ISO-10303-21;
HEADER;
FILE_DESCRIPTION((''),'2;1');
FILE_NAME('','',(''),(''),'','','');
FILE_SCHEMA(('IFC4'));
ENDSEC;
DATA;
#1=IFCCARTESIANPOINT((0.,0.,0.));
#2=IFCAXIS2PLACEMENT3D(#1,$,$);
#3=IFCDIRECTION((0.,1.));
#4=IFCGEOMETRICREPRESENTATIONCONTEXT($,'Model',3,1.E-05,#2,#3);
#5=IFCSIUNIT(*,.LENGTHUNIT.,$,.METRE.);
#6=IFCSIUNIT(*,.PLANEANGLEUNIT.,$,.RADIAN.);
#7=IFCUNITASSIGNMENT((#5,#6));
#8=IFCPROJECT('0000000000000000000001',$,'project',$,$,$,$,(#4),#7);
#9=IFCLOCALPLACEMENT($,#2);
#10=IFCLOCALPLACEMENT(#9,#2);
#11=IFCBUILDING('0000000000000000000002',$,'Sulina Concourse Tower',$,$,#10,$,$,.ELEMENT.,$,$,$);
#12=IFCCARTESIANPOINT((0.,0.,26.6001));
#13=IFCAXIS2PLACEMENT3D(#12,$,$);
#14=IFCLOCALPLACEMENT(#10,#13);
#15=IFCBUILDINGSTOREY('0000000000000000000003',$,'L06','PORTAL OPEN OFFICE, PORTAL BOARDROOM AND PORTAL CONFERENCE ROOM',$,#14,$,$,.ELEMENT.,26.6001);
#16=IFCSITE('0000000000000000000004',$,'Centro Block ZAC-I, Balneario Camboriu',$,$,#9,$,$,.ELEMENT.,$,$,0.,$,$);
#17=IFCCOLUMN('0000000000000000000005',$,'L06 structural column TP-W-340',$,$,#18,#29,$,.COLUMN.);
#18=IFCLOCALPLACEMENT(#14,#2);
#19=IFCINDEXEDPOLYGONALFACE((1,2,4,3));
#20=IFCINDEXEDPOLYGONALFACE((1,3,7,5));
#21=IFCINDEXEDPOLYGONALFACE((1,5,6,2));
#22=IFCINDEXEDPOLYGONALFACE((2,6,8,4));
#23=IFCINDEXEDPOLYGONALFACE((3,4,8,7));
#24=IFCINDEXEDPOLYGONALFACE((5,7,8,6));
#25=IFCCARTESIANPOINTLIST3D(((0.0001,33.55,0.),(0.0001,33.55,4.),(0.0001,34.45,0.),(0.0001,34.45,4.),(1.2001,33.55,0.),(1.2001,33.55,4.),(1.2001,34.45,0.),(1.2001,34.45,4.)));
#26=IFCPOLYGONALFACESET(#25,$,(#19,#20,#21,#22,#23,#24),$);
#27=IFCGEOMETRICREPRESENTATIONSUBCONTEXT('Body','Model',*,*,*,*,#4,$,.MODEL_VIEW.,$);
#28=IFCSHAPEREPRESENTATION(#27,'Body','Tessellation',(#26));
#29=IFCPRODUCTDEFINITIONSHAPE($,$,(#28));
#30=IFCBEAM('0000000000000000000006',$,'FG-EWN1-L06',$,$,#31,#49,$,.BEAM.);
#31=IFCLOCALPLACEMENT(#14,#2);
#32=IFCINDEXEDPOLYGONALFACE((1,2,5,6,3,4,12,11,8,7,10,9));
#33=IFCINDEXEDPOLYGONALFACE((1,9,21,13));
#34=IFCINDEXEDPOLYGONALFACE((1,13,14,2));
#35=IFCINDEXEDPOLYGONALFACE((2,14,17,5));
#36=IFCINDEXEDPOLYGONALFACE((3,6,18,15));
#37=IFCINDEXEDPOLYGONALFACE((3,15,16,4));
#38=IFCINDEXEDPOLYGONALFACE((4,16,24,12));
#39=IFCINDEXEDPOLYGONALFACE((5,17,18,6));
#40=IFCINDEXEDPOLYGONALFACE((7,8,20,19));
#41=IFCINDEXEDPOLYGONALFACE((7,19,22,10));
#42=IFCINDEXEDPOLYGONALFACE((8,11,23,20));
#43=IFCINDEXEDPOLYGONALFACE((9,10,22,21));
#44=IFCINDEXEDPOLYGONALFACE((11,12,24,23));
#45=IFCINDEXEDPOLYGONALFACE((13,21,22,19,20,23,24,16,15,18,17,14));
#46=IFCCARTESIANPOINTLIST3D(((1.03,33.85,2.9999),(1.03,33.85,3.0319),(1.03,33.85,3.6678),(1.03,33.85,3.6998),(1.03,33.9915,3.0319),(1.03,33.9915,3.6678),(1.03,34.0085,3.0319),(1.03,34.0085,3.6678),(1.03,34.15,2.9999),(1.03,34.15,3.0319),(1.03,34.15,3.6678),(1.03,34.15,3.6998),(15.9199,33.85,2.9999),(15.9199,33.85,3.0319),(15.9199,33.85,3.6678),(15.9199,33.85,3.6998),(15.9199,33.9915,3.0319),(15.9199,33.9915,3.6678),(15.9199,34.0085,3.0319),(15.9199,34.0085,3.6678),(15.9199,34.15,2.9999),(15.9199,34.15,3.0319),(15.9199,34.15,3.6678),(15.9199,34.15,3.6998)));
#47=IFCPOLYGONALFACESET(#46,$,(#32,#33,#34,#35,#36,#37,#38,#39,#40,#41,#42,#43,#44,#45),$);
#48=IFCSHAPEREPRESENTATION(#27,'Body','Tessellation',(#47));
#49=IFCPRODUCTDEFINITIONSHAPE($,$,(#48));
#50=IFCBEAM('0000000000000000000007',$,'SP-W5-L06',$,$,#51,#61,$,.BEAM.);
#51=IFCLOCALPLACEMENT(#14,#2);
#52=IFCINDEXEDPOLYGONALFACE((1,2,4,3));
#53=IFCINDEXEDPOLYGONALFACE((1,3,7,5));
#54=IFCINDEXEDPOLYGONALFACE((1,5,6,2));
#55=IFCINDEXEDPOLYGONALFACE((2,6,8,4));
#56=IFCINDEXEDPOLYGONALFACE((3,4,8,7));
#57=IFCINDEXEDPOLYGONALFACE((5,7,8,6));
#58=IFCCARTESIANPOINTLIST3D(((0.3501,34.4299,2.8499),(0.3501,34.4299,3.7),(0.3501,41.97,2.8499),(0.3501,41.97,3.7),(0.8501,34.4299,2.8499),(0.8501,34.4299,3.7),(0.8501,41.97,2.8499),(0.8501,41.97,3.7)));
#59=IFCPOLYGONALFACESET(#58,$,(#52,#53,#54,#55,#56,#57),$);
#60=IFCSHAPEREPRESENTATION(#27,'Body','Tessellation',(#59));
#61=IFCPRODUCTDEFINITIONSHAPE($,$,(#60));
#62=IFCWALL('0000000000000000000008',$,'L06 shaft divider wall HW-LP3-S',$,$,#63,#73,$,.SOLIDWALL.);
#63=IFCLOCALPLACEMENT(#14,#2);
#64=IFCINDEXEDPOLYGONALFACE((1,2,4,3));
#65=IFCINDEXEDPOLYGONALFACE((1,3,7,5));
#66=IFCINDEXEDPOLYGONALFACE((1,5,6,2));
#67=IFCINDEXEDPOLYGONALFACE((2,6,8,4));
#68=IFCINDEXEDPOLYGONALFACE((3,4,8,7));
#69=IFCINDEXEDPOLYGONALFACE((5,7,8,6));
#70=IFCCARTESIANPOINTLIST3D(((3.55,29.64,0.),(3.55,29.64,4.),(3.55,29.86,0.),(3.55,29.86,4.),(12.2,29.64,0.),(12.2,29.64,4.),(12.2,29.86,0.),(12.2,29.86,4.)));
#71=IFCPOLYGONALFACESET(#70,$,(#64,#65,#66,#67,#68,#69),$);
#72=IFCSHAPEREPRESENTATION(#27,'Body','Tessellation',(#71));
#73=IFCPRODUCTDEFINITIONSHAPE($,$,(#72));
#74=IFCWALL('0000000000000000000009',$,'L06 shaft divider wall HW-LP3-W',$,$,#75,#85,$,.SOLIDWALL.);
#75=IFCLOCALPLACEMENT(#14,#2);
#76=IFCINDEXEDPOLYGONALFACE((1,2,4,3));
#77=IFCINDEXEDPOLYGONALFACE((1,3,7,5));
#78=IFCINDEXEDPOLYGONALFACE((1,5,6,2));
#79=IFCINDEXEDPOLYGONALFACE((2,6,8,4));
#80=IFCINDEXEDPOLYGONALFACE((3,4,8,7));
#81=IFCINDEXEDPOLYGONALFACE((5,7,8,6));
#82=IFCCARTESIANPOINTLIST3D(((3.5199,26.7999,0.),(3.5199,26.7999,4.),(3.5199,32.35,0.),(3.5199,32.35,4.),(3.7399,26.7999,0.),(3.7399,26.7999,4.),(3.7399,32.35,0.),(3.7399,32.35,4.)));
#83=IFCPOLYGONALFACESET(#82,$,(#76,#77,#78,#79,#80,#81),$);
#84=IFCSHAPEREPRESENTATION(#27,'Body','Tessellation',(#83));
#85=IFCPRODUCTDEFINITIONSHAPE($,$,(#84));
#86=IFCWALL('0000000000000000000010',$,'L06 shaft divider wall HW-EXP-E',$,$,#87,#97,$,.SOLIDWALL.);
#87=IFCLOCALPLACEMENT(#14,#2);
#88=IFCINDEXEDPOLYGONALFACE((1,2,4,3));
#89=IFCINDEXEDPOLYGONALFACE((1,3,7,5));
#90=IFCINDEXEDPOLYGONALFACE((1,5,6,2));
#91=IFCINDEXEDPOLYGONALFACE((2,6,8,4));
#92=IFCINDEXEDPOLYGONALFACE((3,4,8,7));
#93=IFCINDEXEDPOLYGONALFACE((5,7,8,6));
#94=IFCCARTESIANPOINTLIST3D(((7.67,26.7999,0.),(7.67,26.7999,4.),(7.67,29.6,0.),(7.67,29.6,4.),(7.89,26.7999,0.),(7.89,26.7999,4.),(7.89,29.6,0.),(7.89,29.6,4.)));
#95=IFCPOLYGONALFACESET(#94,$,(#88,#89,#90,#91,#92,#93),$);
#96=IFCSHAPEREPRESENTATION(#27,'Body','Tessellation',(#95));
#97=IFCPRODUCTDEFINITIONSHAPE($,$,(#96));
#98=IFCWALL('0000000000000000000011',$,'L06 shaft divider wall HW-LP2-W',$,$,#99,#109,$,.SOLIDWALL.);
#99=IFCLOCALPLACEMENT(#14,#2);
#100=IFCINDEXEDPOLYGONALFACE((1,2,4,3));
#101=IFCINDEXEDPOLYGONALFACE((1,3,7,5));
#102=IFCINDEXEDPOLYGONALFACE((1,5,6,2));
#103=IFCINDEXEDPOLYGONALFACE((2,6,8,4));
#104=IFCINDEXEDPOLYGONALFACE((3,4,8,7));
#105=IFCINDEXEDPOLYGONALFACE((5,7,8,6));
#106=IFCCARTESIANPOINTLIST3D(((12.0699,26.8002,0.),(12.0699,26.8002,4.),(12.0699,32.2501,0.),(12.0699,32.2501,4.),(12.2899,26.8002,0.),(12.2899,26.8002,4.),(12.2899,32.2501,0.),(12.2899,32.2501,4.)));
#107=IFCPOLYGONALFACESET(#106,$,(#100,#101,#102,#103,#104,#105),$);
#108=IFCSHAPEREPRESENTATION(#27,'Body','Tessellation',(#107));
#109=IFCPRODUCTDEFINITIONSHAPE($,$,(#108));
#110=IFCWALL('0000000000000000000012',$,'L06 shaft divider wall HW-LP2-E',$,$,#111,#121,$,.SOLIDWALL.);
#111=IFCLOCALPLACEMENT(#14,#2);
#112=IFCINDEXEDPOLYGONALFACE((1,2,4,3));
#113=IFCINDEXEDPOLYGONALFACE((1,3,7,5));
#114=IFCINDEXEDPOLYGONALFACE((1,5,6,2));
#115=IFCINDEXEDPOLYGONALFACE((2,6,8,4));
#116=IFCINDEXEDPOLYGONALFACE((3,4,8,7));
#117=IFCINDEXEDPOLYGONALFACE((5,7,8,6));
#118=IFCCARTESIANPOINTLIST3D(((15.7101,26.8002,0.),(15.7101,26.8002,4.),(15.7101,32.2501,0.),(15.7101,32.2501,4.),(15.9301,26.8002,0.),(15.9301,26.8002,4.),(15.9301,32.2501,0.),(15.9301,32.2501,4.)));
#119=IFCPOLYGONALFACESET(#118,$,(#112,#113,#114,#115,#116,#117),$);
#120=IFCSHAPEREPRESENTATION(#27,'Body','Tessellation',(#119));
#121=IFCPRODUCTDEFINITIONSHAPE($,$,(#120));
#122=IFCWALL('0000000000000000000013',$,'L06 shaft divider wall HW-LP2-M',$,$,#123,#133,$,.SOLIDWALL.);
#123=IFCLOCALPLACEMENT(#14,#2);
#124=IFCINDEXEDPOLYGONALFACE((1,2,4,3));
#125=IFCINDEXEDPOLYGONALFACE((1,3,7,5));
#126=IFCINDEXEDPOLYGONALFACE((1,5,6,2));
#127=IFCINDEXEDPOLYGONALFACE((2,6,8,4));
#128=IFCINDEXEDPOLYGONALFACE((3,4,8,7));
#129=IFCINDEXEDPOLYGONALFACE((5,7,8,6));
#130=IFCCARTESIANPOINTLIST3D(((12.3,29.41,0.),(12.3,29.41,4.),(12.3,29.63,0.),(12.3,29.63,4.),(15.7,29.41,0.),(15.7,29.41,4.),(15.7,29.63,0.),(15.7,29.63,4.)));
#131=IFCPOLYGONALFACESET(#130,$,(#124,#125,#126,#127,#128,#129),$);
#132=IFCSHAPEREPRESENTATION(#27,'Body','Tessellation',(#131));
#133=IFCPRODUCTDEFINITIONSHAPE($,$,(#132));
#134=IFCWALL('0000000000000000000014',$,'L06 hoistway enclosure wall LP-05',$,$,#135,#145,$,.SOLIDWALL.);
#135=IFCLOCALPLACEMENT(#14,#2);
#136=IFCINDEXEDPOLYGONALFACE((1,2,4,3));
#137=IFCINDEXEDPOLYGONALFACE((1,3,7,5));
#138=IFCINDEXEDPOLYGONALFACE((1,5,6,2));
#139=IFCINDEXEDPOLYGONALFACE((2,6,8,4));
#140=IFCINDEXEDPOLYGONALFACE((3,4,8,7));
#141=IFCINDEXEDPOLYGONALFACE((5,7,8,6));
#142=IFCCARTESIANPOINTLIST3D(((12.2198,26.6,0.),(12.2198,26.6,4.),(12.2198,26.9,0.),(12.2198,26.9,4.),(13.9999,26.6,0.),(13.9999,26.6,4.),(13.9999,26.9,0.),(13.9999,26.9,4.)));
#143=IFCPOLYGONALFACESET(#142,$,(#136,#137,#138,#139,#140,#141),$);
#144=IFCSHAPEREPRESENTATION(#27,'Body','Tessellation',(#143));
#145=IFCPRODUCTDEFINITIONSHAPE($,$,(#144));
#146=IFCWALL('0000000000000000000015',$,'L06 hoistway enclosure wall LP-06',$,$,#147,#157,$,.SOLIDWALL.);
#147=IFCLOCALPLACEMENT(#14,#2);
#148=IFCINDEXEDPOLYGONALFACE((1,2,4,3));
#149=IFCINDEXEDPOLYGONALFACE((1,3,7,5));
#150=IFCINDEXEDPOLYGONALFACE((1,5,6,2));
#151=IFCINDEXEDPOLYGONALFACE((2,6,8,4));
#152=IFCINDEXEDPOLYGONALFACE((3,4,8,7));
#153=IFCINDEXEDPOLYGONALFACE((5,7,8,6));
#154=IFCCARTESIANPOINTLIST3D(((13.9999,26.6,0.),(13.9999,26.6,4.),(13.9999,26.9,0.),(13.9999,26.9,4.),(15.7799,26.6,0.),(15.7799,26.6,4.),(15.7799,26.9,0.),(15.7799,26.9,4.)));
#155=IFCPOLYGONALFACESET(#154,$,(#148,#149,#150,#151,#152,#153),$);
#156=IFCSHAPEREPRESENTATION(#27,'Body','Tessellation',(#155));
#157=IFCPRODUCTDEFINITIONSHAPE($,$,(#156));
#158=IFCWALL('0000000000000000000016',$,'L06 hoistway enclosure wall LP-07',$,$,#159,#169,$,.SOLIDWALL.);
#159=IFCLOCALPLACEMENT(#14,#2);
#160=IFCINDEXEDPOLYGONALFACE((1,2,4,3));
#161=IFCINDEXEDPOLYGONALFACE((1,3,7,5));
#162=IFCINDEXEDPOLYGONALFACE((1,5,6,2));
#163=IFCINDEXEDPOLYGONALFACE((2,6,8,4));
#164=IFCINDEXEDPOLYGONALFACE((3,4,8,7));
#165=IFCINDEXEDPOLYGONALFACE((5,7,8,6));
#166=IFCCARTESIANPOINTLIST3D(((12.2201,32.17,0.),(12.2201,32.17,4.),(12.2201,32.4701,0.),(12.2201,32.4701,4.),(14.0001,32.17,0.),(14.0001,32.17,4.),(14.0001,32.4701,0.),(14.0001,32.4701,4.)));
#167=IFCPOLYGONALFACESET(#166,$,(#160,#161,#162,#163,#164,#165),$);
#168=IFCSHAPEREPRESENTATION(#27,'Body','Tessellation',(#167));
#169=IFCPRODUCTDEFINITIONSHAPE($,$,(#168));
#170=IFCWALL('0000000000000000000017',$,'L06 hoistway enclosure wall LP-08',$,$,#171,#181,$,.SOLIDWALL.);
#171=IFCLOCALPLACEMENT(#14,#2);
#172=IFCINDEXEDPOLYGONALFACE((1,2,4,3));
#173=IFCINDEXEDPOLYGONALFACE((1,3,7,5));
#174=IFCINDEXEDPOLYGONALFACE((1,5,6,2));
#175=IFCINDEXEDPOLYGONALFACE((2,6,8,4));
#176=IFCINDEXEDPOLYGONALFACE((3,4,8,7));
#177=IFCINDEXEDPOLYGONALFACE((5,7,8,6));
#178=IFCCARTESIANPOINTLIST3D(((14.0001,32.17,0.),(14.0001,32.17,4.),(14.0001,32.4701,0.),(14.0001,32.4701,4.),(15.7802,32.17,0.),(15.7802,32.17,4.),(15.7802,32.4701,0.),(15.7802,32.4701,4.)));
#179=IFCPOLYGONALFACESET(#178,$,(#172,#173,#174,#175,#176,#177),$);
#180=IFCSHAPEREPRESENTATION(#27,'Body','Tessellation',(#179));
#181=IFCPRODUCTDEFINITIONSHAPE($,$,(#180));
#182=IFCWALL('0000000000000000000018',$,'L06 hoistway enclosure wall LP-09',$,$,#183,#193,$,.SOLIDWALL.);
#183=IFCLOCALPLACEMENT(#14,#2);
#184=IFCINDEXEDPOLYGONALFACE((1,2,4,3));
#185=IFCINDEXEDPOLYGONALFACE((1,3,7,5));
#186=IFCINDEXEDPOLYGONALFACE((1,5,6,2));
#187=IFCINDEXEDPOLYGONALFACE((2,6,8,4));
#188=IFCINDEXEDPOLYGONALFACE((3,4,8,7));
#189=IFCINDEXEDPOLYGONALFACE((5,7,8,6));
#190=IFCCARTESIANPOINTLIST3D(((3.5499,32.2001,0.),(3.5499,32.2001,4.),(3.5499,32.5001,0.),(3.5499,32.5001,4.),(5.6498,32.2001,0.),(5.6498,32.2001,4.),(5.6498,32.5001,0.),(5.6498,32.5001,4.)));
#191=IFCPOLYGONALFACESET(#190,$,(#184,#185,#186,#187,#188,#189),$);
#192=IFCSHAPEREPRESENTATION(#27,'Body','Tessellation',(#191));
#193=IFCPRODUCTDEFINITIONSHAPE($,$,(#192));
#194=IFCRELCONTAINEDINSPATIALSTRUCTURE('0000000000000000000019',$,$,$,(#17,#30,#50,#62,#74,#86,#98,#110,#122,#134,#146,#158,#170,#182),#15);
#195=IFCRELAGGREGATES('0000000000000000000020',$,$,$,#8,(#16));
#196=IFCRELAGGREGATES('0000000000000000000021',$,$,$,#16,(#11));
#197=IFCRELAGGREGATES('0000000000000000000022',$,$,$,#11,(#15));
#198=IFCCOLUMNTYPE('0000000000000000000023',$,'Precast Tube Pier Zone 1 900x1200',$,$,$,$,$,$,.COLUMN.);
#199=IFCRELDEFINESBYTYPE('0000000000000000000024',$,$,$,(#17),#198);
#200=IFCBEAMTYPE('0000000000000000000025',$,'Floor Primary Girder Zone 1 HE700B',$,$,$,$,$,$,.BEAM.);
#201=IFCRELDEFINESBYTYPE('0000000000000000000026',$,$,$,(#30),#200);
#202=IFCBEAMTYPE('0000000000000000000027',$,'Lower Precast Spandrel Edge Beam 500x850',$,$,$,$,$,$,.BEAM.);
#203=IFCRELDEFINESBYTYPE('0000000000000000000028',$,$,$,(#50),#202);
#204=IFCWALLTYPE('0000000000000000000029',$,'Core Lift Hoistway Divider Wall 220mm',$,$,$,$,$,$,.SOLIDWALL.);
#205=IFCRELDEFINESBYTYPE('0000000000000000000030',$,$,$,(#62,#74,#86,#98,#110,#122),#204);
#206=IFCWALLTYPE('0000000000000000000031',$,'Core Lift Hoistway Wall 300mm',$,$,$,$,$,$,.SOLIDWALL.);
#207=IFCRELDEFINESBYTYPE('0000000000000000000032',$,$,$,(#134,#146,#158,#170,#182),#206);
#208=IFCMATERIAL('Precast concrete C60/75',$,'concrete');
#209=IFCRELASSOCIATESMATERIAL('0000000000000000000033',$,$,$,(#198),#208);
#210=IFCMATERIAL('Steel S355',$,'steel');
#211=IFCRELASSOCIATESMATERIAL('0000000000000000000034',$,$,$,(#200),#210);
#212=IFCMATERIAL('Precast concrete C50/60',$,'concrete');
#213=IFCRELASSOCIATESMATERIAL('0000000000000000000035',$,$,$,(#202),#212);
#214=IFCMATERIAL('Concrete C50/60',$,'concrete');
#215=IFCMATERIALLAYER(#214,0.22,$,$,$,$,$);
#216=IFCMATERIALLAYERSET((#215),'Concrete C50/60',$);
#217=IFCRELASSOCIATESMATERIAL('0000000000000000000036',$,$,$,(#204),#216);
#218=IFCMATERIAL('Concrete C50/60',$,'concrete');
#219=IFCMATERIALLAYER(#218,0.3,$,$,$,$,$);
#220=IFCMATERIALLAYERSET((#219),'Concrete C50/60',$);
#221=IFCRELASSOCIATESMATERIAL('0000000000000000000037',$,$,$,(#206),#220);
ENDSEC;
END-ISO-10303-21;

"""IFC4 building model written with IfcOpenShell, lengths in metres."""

from ifc_helpers import new_model, si_unit, direction, frame, frame_2d, origin, origin_2d, place, context, subcontext, project, spatial, rectangle, i_section, extrude, material, layer, layer_set, material_profile, profile_set, type_object, element, save


model = new_model("IFC4")

# Units and contexts
model_context = context("Model", 3, precision=1e-05, world=origin(), true_north=direction((0.0, 1.0)))
body_context = subcontext(model_context, "Body", "Model", "MODEL_VIEW")
ifc_project = project(units=[si_unit("LENGTHUNIT", "METRE"), si_unit("PLANEANGLEUNIT", "RADIAN")], contexts=[model_context])

# Site, building, storey
site_placement = place(None, origin())
site = spatial("IfcSite", under=ifc_project, at=site_placement, Name="Centro Block ZAC-I, Balneario Camboriu", CompositionType="ELEMENT", RefElevation=0.0)
building_placement = place(site_placement, origin())
building = spatial("IfcBuilding", under=site, at=building_placement, Name="Sulina Concourse Tower", CompositionType="ELEMENT")
storey_placement = place(building_placement, frame((0.0, 0.0, 26.6001)))
storey = spatial("IfcBuildingStorey", under=building, at=storey_placement, Name="L06", Description="PORTAL OPEN OFFICE, PORTAL BOARDROOM AND PORTAL CONFERENCE ROOM", CompositionType="ELEMENT", Elevation=26.6001)

# Column
ifc_material_1 = material(Name="Precast concrete C60/75", Category="concrete")
ifc_material_profile_1 = material_profile(ifc_material_1, rectangle(XDim=0.8999, YDim=1.2, at=origin_2d()), Name="PC 900x1200")
ifc_profile_set_1 = profile_set([ifc_material_profile_1], Name="Precast concrete C60/75")
column_type = type_object("IfcColumnType", Name="Precast Tube Pier Zone 1 900x1200", PredefinedType="COLUMN", material=ifc_profile_set_1)
column_placement = place(storey_placement, frame((0.6001, 34.0, 0.0), z_axis=(0.0, 0.0, 1.0), x_axis=(0.0, 1.0, 0.0)))
element("IfcColumn", 1, at=column_placement, inside=storey, type_object=column_type, Name="L06 structural column TP-W-340", PredefinedType="COLUMN", context=body_context, shape_type="SweptSolid", body=[
    extrude(rectangle(XDim=0.8999, YDim=1.2, at=origin_2d()), origin(), (0.0, 0.0, 1.0), 4.0),
])

# Beams
ifc_material_2 = material(Name="Steel S355", Category="steel")
ifc_material_profile_2 = material_profile(ifc_material_2, i_section(OverallWidth=0.3, OverallDepth=0.7, WebThickness=0.0171, FlangeThickness=0.032, at=origin_2d()), Name="HE 700 B")
ifc_profile_set_2 = profile_set([ifc_material_profile_2], Name="Steel S355")
beam_type_1 = type_object("IfcBeamType", Name="Floor Primary Girder Zone 1 HE700B", PredefinedType="BEAM", material=ifc_profile_set_2)
beam_1_placement = place(storey_placement, frame((1.03, 34.0, 3.3499), z_axis=(1.0, 0.0, 0.0), x_axis=(0.0, 1.0, 0.0)))
element("IfcBeam", 2, at=beam_1_placement, inside=storey, type_object=beam_type_1, Name="FG-EWN1-L06", PredefinedType="BEAM", context=body_context, shape_type="SweptSolid", body=[
    extrude(i_section(OverallWidth=0.3, OverallDepth=0.7, WebThickness=0.0171, FlangeThickness=0.032, at=origin_2d()), origin(), (0.0, 0.0, 1.0), 14.8899),
])
ifc_material_3 = material(Name="Precast concrete C50/60", Category="concrete")
ifc_material_profile_3 = material_profile(ifc_material_3, rectangle(XDim=0.5, YDim=0.8501, at=origin_2d()), Name="RC 500x850")
ifc_profile_set_3 = profile_set([ifc_material_profile_3], Name="Precast concrete C50/60")
beam_type_2 = type_object("IfcBeamType", Name="Lower Precast Spandrel Edge Beam 500x850", PredefinedType="BEAM", material=ifc_profile_set_3)
beam_2_placement = place(storey_placement, frame((0.6001, 34.4299, 3.2749), z_axis=(0.0, 1.0, 0.0), x_axis=(-1.0, 0.0, 0.0)))
element("IfcBeam", 3, at=beam_2_placement, inside=storey, type_object=beam_type_2, Name="SP-W5-L06", PredefinedType="BEAM", context=body_context, shape_type="SweptSolid", body=[
    extrude(rectangle(XDim=0.5, YDim=0.8501, at=origin_2d()), origin(), (0.0, 0.0, 1.0), 7.54),
])

# Walls
ifc_material_4 = material(Name="Concrete C50/60", Category="concrete")
ifc_layer_1 = layer(ifc_material_4, 0.22)
ifc_layer_set_1 = layer_set([ifc_layer_1], Name="Concrete C50/60")
wall_type_1 = type_object("IfcWallType", Name="Core Lift Hoistway Divider Wall 220mm", PredefinedType="SOLIDWALL", material=ifc_layer_set_1)
wall_1_placement = place(storey_placement, frame((3.55, 29.75, 0.0), z_axis=(0.0, 0.0, 1.0), x_axis=(1.0, 0.0, 0.0)))
element("IfcWall", 4, at=wall_1_placement, inside=storey, type_object=wall_type_1, Name="L06 shaft divider wall HW-LP3-S", PredefinedType="SOLIDWALL", context=body_context, shape_type="SweptSolid", body=[
    extrude(rectangle(XDim=8.6499, YDim=0.22, at=frame_2d((4.325, 0.0))), origin(), (0.0, 0.0, 1.0), 4.0),
])
wall_2_placement = place(storey_placement, frame((3.6299, 26.8, 0.0), z_axis=(0.0, 0.0, 1.0), x_axis=(0.0, 1.0, 0.0)))
element("IfcWall", 5, at=wall_2_placement, inside=storey, type_object=wall_type_1, Name="L06 shaft divider wall HW-LP3-W", PredefinedType="SOLIDWALL", context=body_context, shape_type="SweptSolid", body=[
    extrude(rectangle(XDim=5.55, YDim=0.22, at=frame_2d((2.7749, 0.0))), origin(), (0.0, 0.0, 1.0), 4.0),
])
wall_3_placement = place(storey_placement, frame((7.78, 26.8, 0.0), z_axis=(0.0, 0.0, 1.0), x_axis=(0.0, 1.0, 0.0)))
element("IfcWall", 6, at=wall_3_placement, inside=storey, type_object=wall_type_1, Name="L06 shaft divider wall HW-EXP-E", PredefinedType="SOLIDWALL", context=body_context, shape_type="SweptSolid", body=[
    extrude(rectangle(XDim=2.8, YDim=0.22, at=frame_2d((1.3999, 0.0))), origin(), (0.0, 0.0, 1.0), 4.0),
])
for number, where, z_axis, x_axis, name in (
    (7, (12.1799, 26.8, 0.0), (0.0, 0.0, 1.0), (0.0, 1.0, 0.0), "L06 shaft divider wall HW-LP2-W"),
    (8, (15.8201, 26.8, 0.0), (0.0, 0.0, 1.0), (0.0, 1.0, 0.0), "L06 shaft divider wall HW-LP2-E"),
):
    element("IfcWall", number, at=place(storey_placement, frame(where, z_axis=z_axis, x_axis=x_axis)), inside=storey, type_object=wall_type_1, Name=name, PredefinedType="SOLIDWALL", context=body_context, shape_type="SweptSolid", body=[
        extrude(rectangle(XDim=5.45, YDim=0.22, at=frame_2d((2.7251, 0.0))), origin(), (0.0, 0.0, 1.0), 4.0),
    ])
wall_4_placement = place(storey_placement, frame((12.3, 29.52, 0.0), z_axis=(0.0, 0.0, 1.0), x_axis=(1.0, 0.0, 0.0)))
element("IfcWall", 9, at=wall_4_placement, inside=storey, type_object=wall_type_1, Name="L06 shaft divider wall HW-LP2-M", PredefinedType="SOLIDWALL", context=body_context, shape_type="SweptSolid", body=[
    extrude(rectangle(XDim=3.3999, YDim=0.22, at=frame_2d((1.7, 0.0))), origin(), (0.0, 0.0, 1.0), 4.0),
])
ifc_material_5 = material(Name="Concrete C50/60", Category="concrete")
ifc_layer_2 = layer(ifc_material_5, 0.3)
ifc_layer_set_2 = layer_set([ifc_layer_2], Name="Concrete C50/60")
wall_type_2 = type_object("IfcWallType", Name="Core Lift Hoistway Wall 300mm", PredefinedType="SOLIDWALL", material=ifc_layer_set_2)
for number, where, z_axis, x_axis, name in (
    (10, (14.0, 26.75, 0.0), (0.0, 0.0, 1.0), (-1.0, 0.0, 0.0), "L06 hoistway enclosure wall LP-05"),
    (11, (15.78, 26.75, 0.0), (0.0, 0.0, 1.0), (-1.0, 0.0, 0.0), "L06 hoistway enclosure wall LP-06"),
    (12, (12.22, 32.3201, 0.0), (0.0, 0.0, 1.0), (1.0, 0.0, 0.0), "L06 hoistway enclosure wall LP-07"),
    (13, (14.0, 32.3201, 0.0), (0.0, 0.0, 1.0), (1.0, 0.0, 0.0), "L06 hoistway enclosure wall LP-08"),
):
    element("IfcWall", number, at=place(storey_placement, frame(where, z_axis=z_axis, x_axis=x_axis)), inside=storey, type_object=wall_type_2, Name=name, PredefinedType="SOLIDWALL", context=body_context, shape_type="SweptSolid", body=[
        extrude(rectangle(XDim=1.78, YDim=0.3, at=frame_2d((0.8901, 0.0))), origin(), (0.0, 0.0, 1.0), 4.0),
    ])
wall_5_placement = place(storey_placement, frame((3.55, 32.3501, 0.0), z_axis=(0.0, 0.0, 1.0), x_axis=(1.0, 0.0, 0.0)))
element("IfcWall", 14, at=wall_5_placement, inside=storey, type_object=wall_type_2, Name="L06 hoistway enclosure wall LP-09", PredefinedType="SOLIDWALL", context=body_context, shape_type="SweptSolid", body=[
    extrude(rectangle(XDim=2.0999, YDim=0.3, at=frame_2d((1.0498, 0.0))), origin(), (0.0, 0.0, 1.0), 4.0),
])

save(model, "model.ifc")
